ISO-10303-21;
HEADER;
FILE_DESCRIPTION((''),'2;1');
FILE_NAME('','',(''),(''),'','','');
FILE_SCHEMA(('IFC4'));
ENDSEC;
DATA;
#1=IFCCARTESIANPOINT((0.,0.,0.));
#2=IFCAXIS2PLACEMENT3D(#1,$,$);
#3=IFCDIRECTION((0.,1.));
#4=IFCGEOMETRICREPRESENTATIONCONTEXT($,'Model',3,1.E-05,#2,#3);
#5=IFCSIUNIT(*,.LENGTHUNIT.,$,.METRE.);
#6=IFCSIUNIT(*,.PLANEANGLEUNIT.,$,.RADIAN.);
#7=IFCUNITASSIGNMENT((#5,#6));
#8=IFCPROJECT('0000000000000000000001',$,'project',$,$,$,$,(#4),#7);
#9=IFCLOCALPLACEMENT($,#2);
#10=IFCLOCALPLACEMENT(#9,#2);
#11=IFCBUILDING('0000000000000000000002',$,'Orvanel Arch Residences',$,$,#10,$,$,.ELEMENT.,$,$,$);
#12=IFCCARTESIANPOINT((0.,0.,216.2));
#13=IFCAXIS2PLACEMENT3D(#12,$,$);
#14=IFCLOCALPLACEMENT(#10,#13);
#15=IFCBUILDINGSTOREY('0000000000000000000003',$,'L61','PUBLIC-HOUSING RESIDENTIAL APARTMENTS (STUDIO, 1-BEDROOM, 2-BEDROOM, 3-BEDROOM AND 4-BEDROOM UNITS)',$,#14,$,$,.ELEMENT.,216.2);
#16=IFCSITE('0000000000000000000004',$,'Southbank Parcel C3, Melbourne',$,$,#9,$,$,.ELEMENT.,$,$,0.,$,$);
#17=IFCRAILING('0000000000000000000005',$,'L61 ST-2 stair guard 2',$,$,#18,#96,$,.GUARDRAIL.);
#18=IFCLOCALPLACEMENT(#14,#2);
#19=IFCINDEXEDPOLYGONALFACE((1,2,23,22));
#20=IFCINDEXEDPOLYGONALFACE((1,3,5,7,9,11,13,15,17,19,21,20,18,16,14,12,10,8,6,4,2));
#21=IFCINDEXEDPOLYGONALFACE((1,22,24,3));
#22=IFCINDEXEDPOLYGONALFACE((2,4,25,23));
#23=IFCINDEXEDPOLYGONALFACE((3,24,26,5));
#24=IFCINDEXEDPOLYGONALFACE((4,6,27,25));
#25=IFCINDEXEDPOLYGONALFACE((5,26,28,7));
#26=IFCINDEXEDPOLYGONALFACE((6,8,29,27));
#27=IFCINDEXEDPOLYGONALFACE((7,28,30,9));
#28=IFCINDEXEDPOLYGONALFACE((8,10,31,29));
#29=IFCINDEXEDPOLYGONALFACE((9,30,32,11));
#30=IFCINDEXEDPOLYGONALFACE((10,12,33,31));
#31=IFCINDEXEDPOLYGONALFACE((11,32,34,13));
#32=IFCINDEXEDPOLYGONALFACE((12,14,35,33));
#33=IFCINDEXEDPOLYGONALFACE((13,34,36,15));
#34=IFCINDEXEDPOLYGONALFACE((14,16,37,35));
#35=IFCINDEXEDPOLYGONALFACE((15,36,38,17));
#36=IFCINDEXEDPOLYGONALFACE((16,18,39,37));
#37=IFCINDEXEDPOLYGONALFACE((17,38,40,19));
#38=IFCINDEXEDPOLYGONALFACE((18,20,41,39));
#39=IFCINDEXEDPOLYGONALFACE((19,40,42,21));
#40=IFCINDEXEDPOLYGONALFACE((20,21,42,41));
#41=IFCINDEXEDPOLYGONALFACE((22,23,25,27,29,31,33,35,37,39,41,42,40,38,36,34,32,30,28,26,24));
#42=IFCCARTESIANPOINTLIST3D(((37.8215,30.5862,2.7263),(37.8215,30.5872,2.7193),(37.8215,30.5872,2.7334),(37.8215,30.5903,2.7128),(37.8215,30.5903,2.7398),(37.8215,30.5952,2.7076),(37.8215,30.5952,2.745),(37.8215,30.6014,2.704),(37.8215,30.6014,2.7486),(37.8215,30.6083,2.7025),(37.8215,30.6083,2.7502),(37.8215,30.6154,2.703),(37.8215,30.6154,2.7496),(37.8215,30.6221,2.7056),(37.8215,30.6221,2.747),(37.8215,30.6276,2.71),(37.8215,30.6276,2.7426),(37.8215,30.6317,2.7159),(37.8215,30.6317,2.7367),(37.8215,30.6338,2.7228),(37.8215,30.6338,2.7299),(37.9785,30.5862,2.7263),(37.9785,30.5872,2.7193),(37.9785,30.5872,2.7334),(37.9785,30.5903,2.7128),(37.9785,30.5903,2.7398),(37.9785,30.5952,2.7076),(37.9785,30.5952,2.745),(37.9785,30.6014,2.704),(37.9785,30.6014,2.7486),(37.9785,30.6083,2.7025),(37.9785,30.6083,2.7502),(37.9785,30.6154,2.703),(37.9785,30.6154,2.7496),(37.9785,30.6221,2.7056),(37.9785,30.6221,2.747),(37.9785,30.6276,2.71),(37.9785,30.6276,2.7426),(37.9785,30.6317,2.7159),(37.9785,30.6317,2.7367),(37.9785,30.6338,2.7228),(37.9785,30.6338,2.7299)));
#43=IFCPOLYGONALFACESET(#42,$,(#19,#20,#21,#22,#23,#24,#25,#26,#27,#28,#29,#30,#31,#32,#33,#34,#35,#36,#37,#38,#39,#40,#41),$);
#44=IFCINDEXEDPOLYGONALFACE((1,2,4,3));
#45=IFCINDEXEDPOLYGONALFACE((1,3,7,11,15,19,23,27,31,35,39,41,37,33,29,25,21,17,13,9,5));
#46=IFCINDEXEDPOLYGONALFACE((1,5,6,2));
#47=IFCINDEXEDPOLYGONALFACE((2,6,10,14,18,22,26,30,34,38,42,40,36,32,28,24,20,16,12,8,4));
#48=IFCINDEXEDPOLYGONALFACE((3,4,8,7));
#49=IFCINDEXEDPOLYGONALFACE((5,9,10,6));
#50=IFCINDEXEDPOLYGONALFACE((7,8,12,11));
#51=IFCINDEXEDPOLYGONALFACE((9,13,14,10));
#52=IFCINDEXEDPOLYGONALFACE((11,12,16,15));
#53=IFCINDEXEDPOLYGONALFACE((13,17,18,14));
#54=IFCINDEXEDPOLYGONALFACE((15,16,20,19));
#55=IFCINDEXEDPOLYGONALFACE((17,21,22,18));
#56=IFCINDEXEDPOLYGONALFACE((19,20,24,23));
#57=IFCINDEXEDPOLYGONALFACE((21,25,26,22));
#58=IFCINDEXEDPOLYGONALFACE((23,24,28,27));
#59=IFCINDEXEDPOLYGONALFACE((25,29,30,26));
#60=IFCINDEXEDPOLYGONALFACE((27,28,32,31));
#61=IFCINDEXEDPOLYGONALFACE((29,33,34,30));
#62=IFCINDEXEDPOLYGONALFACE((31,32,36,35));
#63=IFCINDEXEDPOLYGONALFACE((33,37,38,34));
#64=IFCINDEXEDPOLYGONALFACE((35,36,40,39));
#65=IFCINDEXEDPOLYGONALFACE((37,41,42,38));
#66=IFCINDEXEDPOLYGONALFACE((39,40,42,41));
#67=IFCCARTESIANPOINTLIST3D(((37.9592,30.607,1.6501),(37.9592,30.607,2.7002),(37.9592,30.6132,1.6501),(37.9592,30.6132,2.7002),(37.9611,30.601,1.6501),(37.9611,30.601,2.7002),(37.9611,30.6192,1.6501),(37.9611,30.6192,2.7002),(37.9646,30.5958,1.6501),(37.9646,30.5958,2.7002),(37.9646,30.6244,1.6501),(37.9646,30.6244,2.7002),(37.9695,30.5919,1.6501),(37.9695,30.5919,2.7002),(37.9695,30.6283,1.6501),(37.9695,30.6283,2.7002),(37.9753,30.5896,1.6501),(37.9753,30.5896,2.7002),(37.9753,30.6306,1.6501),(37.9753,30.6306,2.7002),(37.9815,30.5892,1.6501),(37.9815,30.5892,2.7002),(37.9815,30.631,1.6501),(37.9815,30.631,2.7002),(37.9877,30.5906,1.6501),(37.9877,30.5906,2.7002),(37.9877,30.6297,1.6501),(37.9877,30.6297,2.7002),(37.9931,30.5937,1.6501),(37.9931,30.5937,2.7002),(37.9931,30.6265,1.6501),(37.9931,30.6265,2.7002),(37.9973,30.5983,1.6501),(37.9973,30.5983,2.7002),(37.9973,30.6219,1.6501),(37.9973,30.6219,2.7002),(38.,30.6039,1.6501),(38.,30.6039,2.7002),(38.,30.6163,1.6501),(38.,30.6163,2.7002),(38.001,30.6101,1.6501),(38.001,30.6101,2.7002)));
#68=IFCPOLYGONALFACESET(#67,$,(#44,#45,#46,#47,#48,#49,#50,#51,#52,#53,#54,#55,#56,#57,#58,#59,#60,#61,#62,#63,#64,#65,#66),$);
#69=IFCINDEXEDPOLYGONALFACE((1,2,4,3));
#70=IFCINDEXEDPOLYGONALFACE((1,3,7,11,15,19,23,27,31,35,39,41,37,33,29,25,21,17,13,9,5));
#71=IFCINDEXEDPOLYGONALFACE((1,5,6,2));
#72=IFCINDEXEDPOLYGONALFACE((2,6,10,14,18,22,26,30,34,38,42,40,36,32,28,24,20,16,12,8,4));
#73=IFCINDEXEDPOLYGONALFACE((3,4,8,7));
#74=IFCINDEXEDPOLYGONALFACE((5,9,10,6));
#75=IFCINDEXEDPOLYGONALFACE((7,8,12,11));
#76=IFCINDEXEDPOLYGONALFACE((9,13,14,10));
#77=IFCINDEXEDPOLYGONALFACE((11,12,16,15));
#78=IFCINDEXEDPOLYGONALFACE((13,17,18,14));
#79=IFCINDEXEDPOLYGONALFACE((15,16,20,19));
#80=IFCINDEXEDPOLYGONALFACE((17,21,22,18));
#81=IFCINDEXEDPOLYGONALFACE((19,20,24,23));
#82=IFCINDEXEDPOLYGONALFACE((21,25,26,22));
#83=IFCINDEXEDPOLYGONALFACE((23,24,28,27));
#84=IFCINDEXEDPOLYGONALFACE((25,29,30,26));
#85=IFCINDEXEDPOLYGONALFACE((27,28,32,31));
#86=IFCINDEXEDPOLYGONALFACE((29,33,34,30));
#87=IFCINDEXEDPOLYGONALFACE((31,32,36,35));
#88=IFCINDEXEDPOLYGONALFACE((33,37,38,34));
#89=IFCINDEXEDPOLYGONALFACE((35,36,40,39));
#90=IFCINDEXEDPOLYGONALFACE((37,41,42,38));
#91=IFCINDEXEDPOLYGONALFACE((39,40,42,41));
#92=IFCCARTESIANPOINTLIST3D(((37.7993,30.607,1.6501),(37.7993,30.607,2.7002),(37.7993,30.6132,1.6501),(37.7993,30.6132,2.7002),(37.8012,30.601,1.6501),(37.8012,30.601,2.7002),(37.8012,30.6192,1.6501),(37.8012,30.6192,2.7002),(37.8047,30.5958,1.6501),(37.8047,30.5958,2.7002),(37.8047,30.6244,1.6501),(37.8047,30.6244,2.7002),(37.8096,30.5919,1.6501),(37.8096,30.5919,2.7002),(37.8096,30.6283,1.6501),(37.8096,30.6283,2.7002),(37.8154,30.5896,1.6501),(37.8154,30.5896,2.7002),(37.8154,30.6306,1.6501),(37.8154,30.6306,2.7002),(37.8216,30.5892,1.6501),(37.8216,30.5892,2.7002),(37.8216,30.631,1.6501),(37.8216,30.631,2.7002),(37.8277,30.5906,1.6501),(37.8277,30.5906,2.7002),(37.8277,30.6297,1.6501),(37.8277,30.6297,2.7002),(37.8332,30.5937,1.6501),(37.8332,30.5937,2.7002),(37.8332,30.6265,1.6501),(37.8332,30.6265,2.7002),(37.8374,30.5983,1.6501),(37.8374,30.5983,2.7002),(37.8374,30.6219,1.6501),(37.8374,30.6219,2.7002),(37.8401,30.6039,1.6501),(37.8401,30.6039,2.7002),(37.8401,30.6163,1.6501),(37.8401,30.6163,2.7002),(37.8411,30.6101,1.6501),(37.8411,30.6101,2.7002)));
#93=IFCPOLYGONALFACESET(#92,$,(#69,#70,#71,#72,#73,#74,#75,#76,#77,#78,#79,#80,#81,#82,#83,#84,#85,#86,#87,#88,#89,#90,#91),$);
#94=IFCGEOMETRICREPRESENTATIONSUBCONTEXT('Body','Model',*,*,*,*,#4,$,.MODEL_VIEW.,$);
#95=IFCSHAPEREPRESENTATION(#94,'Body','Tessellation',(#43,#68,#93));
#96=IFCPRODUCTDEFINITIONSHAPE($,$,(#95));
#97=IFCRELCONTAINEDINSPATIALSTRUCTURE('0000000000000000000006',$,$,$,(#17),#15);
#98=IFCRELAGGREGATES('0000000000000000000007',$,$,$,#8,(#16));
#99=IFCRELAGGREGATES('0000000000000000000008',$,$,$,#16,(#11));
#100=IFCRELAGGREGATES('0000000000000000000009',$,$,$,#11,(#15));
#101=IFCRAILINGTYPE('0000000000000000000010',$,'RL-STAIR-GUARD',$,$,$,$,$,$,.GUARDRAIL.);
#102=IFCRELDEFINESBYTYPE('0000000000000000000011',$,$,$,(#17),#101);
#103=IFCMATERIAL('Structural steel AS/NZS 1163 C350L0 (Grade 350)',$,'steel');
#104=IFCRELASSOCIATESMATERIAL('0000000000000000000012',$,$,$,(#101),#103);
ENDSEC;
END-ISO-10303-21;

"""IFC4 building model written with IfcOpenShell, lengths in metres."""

from ifc_helpers import new_model, si_unit, direction, frame, origin, origin_2d, place, context, subcontext, project, spatial, circle, extrude, material, type_object, element, save


model = new_model("IFC4")

# Units and contexts
model_context = context("Model", 3, precision=1e-05, world=origin(), true_north=direction((0.0, 1.0)))
body_context = subcontext(model_context, "Body", "Model", "MODEL_VIEW")
ifc_project = project(units=[si_unit("LENGTHUNIT", "METRE"), si_unit("PLANEANGLEUNIT", "RADIAN")], contexts=[model_context])

# Site, building, storey
site_placement = place(None, origin())
site = spatial("IfcSite", under=ifc_project, at=site_placement, Name="Southbank Parcel C3, Melbourne", CompositionType="ELEMENT", RefElevation=0.0)
building_placement = place(site_placement, origin())
building = spatial("IfcBuilding", under=site, at=building_placement, Name="Orvanel Arch Residences", CompositionType="ELEMENT")
storey_placement = place(building_placement, frame((0.0, 0.0, 216.2)))
storey = spatial("IfcBuildingStorey", under=building, at=storey_placement, Name="L61", Description="PUBLIC-HOUSING RESIDENTIAL APARTMENTS (STUDIO, 1-BEDROOM, 2-BEDROOM, 3-BEDROOM AND 4-BEDROOM UNITS)", CompositionType="ELEMENT", Elevation=216.2)

# Railing
ifc_material_1 = material(Name="Structural steel AS/NZS 1163 C350L0 (Grade 350)", Category="steel")
railing_type_1 = type_object("IfcRailingType", Name="RL-STAIR-GUARD", PredefinedType="GUARDRAIL", material=ifc_material_1)
railing_1_placement = place(storey_placement, frame((37.98, 30.6101, 1.6501)))
element("IfcRailing", 1, at=railing_1_placement, inside=storey, type_object=railing_type_1, Name="L61 ST-2 stair guard 2", PredefinedType="GUARDRAIL", context=body_context, shape_type="SweptSolid", body=[
    extrude(circle(Radius=0.0239, at=origin_2d()), frame((-0.0015, 0.0, 1.0762), z_axis=(-1.0, 0.0, 0.0), x_axis=(0.0, -1.0, 0.0)), (0.0, 0.0, 1.0), 0.157),
    extrude(circle(Radius=0.021, at=origin_2d()), origin(), (0.0, 0.0, 1.0), 1.05),
    extrude(circle(Radius=0.021, at=origin_2d()), frame((-0.1599, 0.0, 0.0)), (0.0, 0.0, 1.0), 1.05),
])

save(model, "model.ifc")
